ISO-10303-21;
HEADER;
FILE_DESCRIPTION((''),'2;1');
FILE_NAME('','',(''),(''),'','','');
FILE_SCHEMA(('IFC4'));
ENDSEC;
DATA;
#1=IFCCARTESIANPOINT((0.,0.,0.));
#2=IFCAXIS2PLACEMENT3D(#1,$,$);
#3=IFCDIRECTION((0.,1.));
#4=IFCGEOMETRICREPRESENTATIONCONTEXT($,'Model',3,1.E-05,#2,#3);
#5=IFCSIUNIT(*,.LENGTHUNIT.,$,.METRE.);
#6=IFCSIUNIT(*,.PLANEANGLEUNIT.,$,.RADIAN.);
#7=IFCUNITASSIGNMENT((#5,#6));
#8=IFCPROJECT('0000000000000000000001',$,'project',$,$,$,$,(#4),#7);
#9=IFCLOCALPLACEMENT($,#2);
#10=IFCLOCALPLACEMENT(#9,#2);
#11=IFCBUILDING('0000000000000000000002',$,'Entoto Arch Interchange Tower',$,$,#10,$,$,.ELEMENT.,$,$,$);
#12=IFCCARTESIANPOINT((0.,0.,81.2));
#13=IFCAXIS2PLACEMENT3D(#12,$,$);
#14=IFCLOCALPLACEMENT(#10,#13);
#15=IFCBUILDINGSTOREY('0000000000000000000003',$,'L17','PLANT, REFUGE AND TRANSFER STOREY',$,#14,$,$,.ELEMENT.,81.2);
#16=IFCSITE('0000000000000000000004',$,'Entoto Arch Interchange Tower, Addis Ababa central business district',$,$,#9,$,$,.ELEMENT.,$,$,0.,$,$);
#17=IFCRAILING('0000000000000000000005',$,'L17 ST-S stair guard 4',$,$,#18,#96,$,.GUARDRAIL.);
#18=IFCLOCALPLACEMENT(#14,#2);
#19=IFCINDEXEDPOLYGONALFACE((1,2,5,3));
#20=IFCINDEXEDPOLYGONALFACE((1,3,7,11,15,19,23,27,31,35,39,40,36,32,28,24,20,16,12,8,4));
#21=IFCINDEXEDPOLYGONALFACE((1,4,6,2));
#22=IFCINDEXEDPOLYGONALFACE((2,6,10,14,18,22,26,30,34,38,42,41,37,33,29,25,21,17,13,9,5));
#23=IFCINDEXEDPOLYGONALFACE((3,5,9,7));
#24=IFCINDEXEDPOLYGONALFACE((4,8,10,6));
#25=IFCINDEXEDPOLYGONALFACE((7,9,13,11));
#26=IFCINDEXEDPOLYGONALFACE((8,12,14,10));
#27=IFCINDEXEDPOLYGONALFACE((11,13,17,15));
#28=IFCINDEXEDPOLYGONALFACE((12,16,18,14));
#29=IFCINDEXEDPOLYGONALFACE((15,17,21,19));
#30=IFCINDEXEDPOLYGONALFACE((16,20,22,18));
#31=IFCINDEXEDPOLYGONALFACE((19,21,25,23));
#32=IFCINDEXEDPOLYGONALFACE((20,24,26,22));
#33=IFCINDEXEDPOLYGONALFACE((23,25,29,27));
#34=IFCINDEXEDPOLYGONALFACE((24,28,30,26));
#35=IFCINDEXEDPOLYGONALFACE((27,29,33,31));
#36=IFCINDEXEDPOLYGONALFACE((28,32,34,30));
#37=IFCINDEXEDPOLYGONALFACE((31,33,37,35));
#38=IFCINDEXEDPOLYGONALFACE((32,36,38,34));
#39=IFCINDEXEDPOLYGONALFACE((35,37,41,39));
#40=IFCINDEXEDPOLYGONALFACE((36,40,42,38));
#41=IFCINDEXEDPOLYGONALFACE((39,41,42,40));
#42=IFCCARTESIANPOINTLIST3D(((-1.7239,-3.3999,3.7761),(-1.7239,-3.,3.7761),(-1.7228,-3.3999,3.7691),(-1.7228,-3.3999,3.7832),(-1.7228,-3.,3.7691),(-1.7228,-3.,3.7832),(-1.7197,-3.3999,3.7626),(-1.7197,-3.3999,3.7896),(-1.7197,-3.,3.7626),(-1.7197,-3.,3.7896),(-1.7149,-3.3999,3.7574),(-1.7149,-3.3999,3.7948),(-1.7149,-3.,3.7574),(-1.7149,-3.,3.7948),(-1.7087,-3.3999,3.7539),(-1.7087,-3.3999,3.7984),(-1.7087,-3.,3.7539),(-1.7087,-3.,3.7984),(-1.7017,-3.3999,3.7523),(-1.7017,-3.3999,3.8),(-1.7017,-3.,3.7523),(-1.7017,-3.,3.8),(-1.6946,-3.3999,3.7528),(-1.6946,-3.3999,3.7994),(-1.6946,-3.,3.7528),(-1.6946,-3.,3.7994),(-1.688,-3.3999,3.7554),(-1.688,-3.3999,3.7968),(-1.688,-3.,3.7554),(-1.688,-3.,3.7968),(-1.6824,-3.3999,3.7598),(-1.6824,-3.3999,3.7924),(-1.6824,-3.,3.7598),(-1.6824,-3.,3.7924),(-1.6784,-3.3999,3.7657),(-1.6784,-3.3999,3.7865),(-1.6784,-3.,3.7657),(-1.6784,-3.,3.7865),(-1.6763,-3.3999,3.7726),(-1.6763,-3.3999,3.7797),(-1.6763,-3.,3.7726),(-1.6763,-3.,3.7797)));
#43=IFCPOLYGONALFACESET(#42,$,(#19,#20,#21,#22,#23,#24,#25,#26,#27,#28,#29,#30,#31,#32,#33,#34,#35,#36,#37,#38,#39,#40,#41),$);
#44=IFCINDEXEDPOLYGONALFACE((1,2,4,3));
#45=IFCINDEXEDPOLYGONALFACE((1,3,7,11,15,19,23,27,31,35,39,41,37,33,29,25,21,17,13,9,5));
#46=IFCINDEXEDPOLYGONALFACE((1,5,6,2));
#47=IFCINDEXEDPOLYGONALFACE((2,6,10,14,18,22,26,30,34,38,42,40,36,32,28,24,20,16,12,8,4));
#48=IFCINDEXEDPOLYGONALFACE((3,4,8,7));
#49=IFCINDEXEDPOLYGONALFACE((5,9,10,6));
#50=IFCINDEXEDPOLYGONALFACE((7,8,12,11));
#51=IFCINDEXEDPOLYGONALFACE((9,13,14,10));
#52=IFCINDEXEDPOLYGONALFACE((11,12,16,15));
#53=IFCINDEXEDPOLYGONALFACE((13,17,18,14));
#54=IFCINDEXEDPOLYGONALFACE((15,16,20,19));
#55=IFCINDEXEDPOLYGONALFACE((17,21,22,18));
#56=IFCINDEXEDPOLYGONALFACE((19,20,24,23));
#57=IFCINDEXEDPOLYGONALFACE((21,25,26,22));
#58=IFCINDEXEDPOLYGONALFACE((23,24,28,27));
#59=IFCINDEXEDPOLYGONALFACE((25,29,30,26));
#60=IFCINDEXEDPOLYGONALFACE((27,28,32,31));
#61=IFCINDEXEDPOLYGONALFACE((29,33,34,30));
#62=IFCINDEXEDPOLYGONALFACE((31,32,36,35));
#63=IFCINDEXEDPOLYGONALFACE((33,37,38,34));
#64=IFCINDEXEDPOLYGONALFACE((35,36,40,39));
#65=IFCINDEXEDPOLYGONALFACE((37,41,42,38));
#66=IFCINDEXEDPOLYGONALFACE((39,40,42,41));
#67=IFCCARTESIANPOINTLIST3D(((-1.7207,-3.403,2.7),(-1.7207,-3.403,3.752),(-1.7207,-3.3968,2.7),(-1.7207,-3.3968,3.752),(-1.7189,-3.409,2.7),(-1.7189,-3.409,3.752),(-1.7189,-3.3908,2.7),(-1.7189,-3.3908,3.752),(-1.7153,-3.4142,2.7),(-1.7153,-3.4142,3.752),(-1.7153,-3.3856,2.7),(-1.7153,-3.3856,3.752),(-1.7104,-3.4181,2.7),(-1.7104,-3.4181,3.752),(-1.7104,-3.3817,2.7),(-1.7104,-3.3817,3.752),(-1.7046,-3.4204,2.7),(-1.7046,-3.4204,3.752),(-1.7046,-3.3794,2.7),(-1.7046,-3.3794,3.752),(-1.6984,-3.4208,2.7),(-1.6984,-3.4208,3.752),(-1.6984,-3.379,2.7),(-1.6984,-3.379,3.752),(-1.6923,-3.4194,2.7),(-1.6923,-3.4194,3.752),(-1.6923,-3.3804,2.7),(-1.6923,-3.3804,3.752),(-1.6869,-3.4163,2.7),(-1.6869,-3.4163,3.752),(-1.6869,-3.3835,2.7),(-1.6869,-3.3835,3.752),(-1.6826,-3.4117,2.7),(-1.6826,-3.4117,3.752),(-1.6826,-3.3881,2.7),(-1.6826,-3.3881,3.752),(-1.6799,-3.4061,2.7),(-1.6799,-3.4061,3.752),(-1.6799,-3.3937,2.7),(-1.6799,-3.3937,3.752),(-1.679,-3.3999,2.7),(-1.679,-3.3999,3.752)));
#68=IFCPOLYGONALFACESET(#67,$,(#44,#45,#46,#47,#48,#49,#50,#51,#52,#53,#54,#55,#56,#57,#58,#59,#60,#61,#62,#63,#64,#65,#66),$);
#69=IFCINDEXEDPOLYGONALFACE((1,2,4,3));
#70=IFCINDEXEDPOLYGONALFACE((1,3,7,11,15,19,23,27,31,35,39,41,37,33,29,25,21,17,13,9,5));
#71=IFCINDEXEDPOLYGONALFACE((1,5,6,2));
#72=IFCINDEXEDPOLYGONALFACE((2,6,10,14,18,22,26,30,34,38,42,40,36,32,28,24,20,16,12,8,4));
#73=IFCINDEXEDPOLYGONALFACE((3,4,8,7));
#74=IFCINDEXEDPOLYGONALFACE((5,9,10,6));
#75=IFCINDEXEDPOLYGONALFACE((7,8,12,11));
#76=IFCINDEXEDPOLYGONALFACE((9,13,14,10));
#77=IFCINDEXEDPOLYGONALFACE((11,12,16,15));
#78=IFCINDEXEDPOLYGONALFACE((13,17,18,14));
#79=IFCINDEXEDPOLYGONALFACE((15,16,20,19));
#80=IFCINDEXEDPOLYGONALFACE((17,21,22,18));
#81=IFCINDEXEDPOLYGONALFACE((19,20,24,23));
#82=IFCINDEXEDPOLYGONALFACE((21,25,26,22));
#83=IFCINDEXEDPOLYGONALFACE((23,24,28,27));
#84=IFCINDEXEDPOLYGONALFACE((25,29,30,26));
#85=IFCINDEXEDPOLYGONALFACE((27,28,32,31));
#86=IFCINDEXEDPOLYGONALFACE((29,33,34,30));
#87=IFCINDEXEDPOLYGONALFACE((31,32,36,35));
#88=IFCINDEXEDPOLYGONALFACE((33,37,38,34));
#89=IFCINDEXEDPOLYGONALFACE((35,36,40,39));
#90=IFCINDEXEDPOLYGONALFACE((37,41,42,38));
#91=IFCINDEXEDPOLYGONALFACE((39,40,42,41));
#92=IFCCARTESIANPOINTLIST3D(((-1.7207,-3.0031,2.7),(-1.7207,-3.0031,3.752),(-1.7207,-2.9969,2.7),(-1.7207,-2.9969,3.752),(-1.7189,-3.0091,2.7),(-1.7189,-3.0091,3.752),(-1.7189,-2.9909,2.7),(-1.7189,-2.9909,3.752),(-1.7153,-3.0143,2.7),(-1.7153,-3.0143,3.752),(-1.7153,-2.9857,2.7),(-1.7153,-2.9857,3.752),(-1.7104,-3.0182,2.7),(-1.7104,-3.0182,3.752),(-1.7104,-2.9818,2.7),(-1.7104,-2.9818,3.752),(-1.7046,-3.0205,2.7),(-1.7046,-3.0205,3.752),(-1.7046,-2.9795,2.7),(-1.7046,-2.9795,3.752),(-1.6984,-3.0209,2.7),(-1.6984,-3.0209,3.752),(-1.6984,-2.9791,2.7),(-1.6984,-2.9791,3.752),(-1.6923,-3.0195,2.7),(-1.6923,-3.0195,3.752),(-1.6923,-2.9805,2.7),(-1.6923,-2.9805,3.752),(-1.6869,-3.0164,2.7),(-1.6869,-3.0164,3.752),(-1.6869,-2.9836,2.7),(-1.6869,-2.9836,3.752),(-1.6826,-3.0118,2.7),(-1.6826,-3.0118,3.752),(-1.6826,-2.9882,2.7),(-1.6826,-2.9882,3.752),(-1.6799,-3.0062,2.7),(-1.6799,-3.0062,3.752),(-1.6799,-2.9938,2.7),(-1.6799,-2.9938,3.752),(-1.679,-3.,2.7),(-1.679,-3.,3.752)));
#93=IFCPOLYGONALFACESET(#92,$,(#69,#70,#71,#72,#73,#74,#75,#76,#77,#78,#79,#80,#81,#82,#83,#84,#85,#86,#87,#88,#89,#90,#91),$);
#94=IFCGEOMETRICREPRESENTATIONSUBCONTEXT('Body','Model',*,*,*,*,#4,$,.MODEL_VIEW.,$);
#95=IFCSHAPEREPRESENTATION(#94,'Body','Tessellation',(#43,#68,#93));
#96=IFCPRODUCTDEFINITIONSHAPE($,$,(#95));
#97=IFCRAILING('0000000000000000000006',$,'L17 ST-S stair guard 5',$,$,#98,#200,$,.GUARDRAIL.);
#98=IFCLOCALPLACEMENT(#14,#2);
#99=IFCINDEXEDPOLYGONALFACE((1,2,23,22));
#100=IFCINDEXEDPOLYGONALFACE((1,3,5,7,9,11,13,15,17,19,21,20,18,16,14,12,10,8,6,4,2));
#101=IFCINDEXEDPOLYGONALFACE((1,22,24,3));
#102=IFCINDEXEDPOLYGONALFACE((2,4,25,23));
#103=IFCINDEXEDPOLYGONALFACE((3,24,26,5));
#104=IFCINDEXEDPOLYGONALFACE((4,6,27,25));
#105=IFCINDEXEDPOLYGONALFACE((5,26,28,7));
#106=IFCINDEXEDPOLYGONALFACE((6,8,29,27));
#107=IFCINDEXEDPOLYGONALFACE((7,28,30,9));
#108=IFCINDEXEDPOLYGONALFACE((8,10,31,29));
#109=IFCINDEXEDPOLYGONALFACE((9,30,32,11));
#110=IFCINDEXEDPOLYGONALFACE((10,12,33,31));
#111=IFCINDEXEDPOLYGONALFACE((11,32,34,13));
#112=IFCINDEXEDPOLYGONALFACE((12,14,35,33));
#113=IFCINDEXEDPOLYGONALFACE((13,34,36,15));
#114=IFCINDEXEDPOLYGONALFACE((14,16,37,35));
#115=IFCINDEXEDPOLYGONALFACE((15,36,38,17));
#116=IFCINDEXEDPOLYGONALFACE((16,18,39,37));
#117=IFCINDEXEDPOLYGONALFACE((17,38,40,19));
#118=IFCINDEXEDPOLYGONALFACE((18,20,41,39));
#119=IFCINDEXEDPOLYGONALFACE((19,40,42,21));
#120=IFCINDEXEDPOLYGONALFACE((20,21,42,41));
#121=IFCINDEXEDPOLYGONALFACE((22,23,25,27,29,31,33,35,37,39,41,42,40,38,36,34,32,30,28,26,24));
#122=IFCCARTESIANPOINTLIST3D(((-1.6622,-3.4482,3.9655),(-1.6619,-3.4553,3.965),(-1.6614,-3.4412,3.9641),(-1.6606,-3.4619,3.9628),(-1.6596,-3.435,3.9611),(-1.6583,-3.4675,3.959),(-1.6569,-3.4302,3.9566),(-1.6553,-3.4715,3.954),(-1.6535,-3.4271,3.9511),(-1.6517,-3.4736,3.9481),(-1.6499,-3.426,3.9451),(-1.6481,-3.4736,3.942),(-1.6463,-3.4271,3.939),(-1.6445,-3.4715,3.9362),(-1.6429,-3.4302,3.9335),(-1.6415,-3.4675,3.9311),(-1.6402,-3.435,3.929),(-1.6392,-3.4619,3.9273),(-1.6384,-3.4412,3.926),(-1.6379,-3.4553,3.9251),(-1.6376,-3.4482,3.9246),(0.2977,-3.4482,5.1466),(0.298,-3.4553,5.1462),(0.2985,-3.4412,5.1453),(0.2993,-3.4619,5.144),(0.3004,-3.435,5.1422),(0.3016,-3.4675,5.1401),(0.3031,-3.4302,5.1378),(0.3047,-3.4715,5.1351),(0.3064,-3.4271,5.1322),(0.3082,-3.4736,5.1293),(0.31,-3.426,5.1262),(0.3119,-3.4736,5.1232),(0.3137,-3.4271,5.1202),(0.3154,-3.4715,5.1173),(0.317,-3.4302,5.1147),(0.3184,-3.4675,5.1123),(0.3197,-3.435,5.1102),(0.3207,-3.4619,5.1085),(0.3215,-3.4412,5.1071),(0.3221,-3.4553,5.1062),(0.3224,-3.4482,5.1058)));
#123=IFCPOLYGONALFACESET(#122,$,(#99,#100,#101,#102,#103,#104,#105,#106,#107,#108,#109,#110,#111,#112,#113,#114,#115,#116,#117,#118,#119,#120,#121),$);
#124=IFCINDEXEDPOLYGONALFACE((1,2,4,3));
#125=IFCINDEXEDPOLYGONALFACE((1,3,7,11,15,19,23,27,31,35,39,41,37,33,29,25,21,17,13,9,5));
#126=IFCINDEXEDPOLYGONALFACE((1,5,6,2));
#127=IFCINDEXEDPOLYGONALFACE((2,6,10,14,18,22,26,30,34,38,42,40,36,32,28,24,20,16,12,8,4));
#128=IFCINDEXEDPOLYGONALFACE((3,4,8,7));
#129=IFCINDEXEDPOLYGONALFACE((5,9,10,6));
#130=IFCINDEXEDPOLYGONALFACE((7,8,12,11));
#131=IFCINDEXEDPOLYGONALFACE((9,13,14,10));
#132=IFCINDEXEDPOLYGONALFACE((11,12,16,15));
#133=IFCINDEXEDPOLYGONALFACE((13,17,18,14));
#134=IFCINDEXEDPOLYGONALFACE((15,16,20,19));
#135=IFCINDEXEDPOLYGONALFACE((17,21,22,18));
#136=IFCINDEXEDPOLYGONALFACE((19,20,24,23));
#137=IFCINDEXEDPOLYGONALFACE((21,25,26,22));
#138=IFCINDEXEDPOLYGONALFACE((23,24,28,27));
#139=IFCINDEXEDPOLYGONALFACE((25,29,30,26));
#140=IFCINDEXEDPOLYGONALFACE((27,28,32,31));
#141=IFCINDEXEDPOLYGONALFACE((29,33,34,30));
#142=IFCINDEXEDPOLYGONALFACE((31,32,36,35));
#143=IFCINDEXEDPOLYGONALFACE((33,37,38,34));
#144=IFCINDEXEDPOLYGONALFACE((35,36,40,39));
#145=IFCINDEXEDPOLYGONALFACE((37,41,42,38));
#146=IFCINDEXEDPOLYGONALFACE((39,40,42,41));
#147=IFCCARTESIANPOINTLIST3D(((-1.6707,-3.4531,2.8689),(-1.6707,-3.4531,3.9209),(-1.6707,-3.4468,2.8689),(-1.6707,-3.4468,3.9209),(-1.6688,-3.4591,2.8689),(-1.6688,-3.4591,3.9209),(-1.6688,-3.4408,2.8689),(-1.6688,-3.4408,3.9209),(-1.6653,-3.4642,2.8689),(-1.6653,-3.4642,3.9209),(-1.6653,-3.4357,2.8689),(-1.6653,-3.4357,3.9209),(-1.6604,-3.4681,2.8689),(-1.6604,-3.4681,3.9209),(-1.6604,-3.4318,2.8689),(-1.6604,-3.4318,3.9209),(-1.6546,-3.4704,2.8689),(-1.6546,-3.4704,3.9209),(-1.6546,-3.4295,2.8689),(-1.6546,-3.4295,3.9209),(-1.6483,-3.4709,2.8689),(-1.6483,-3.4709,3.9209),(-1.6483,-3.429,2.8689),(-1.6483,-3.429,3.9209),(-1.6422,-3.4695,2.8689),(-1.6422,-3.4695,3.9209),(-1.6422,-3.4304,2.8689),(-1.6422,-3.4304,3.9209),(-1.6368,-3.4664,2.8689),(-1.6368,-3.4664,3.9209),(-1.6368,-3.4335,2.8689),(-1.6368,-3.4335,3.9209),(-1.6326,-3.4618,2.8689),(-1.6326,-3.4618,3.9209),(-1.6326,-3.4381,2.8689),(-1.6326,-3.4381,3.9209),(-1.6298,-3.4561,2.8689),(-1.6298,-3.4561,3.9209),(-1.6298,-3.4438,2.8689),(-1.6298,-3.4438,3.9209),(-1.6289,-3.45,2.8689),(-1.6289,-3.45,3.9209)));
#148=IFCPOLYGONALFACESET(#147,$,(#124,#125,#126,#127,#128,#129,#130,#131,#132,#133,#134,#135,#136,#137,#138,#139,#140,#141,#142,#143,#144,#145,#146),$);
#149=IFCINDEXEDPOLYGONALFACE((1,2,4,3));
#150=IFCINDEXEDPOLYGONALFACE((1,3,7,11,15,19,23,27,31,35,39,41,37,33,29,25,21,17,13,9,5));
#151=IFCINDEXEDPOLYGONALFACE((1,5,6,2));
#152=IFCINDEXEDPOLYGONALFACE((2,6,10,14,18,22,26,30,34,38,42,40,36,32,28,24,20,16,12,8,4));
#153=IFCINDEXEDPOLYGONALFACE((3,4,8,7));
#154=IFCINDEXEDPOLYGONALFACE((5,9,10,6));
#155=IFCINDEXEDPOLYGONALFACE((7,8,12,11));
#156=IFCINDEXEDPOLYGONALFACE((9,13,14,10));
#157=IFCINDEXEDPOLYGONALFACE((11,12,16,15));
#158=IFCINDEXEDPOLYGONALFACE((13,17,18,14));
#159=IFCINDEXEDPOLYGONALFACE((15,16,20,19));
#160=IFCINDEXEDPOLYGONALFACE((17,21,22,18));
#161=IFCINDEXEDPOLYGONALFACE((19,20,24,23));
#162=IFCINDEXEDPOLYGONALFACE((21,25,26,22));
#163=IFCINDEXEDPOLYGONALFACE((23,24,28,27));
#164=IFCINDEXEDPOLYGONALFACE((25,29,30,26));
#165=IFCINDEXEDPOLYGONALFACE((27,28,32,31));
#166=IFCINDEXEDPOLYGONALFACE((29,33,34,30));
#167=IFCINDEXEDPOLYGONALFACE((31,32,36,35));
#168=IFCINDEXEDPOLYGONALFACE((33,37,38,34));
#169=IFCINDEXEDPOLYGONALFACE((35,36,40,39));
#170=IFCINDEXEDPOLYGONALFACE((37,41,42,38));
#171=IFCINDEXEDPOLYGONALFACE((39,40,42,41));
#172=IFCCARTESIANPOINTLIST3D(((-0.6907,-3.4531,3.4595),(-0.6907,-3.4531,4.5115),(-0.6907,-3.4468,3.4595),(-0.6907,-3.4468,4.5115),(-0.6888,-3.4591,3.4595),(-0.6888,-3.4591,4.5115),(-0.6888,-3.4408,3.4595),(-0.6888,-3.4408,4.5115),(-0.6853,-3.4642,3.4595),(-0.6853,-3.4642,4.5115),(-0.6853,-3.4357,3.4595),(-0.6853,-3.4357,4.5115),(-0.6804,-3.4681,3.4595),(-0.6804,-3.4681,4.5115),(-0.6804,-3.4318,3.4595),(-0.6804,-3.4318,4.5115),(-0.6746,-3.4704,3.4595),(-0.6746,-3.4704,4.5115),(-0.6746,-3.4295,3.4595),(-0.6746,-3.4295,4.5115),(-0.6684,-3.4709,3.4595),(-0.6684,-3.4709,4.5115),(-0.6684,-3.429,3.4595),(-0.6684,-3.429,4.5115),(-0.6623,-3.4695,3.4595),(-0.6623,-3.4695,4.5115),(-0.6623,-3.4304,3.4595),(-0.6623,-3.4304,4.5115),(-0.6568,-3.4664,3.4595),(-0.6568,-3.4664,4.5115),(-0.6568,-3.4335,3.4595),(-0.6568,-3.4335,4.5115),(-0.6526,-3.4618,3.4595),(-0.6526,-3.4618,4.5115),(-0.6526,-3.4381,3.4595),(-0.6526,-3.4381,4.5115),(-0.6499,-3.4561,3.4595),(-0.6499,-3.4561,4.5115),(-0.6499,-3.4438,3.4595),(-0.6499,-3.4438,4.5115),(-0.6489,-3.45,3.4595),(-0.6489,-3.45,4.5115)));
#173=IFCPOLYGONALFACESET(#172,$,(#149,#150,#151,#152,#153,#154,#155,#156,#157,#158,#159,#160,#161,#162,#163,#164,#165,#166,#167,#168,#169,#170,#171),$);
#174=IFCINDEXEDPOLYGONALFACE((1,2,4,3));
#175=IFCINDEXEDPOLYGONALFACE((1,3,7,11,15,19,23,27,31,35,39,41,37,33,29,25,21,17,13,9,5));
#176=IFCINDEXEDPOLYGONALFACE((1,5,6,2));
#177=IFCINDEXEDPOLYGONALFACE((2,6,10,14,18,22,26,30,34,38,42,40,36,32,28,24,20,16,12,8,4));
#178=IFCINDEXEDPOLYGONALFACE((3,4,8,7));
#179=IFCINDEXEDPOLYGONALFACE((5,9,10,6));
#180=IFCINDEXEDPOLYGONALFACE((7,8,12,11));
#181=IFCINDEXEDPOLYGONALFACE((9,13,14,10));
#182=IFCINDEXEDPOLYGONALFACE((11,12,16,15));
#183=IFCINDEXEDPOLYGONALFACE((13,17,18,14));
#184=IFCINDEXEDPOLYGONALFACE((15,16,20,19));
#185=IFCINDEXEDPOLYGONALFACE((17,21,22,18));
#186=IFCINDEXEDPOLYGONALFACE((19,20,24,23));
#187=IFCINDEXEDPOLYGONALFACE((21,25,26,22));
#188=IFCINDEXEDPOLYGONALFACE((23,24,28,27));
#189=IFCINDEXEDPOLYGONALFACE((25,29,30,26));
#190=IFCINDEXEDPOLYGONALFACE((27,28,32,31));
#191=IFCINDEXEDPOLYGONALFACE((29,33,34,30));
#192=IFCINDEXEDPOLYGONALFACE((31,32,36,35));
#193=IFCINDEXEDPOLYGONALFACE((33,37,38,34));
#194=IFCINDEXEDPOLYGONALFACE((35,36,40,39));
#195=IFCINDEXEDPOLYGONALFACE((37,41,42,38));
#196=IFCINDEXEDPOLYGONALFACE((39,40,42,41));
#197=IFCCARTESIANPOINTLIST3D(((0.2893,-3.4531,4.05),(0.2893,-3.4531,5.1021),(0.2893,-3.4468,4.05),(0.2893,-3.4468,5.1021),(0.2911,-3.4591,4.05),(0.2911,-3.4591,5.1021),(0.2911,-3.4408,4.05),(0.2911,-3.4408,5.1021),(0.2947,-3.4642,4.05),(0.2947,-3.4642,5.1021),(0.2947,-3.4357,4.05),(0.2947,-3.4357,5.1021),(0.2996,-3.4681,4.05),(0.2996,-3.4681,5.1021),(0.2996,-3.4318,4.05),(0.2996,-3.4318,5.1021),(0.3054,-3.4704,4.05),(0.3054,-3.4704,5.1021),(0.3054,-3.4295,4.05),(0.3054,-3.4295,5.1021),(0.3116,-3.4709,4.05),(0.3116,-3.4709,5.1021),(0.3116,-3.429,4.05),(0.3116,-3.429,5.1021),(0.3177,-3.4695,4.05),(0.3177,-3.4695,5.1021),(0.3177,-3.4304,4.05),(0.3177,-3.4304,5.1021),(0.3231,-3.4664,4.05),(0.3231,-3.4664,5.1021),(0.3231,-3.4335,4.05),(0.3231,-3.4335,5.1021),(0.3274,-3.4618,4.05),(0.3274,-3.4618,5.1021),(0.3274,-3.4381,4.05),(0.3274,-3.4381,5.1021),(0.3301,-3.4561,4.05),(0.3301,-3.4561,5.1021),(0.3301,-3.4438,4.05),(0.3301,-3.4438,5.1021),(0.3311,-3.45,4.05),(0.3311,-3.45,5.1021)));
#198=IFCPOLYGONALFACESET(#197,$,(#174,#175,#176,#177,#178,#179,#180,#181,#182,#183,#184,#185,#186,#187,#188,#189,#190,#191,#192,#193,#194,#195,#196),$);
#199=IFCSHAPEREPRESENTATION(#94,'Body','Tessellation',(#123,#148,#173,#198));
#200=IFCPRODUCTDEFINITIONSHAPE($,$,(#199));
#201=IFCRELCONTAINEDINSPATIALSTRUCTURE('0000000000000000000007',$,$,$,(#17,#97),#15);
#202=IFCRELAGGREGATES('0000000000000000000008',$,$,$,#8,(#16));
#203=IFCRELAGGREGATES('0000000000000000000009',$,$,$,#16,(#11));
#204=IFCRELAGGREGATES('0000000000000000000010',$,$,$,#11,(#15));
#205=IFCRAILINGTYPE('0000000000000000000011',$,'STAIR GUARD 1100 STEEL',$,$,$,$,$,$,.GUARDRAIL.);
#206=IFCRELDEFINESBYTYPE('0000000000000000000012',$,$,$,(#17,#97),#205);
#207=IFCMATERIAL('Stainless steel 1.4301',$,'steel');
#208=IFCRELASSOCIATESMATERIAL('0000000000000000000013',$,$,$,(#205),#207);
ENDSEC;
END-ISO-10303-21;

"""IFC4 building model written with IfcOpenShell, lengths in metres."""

from ifc_helpers import new_model, si_unit, direction, frame, origin, origin_2d, place, context, subcontext, project, spatial, circle, extrude, material, type_object, element, save


model = new_model("IFC4")

# Units and contexts
model_context = context("Model", 3, precision=1e-05, world=origin(), true_north=direction((0.0, 1.0)))
body_context = subcontext(model_context, "Body", "Model", "MODEL_VIEW")
ifc_project = project(units=[si_unit("LENGTHUNIT", "METRE"), si_unit("PLANEANGLEUNIT", "RADIAN")], contexts=[model_context])

# Site, building, storey
site_placement = place(None, origin())
site = spatial("IfcSite", under=ifc_project, at=site_placement, Name="Entoto Arch Interchange Tower, Addis Ababa central business district", CompositionType="ELEMENT", RefElevation=0.0)
building_placement = place(site_placement, origin())
building = spatial("IfcBuilding", under=site, at=building_placement, Name="Entoto Arch Interchange Tower", CompositionType="ELEMENT")
storey_placement = place(building_placement, frame((0.0, 0.0, 81.2)))
storey = spatial("IfcBuildingStorey", under=building, at=storey_placement, Name="L17", Description="PLANT, REFUGE AND TRANSFER STOREY", CompositionType="ELEMENT", Elevation=81.2)

# Railings
ifc_material_1 = material(Name="Stainless steel 1.4301", Category="steel")
railing_type_1 = type_object("IfcRailingType", Name="STAIR GUARD 1100 STEEL", PredefinedType="GUARDRAIL", material=ifc_material_1)
railing_1_placement = place(storey_placement, frame((-1.7, -3.3999, 2.7)))
element("IfcRailing", 1, at=railing_1_placement, inside=storey, type_object=railing_type_1, Name="L17 ST-S stair guard 4", PredefinedType="GUARDRAIL", context=body_context, shape_type="SweptSolid", body=[
    extrude(circle(Radius=0.0239, at=origin_2d()), frame((0.0, 0.0, 1.0762), z_axis=(0.0, 1.0, 0.0), x_axis=(-1.0, 0.0, 0.0)), (0.0, 0.0, 1.0), 0.3999),
    extrude(circle(Radius=0.021, at=origin_2d()), origin(), (0.0, 0.0, 1.0), 1.052),
    extrude(circle(Radius=0.021, at=origin_2d()), frame((0.0, 0.3999, 0.0)), (0.0, 0.0, 1.0), 1.052),
])
railing_2_placement = place(storey_placement, frame((-1.6499, -3.45, 2.8689)))
element("IfcRailing", 2, at=railing_2_placement, inside=storey, type_object=railing_type_1, Name="L17 ST-S stair guard 5", PredefinedType="GUARDRAIL", context=body_context, shape_type="SweptSolid", body=[
    extrude(circle(Radius=0.0239, at=origin_2d()), frame((0.0, 0.0, 1.0762), z_axis=(0.856493, 0.0, 0.516158), x_axis=(0.0, 1.0, 0.0)), (0.0, 0.0, 1.0), 2.2883),
    extrude(circle(Radius=0.021, at=origin_2d()), origin(), (0.0, 0.0, 1.0), 1.052),
    extrude(circle(Radius=0.021, at=origin_2d()), frame((0.98, 0.0, 0.5906)), (0.0, 0.0, 1.0), 1.052),
    extrude(circle(Radius=0.021, at=origin_2d()), frame((1.96, 0.0, 1.1812)), (0.0, 0.0, 1.0), 1.052),
])

save(model, "model.ifc")
